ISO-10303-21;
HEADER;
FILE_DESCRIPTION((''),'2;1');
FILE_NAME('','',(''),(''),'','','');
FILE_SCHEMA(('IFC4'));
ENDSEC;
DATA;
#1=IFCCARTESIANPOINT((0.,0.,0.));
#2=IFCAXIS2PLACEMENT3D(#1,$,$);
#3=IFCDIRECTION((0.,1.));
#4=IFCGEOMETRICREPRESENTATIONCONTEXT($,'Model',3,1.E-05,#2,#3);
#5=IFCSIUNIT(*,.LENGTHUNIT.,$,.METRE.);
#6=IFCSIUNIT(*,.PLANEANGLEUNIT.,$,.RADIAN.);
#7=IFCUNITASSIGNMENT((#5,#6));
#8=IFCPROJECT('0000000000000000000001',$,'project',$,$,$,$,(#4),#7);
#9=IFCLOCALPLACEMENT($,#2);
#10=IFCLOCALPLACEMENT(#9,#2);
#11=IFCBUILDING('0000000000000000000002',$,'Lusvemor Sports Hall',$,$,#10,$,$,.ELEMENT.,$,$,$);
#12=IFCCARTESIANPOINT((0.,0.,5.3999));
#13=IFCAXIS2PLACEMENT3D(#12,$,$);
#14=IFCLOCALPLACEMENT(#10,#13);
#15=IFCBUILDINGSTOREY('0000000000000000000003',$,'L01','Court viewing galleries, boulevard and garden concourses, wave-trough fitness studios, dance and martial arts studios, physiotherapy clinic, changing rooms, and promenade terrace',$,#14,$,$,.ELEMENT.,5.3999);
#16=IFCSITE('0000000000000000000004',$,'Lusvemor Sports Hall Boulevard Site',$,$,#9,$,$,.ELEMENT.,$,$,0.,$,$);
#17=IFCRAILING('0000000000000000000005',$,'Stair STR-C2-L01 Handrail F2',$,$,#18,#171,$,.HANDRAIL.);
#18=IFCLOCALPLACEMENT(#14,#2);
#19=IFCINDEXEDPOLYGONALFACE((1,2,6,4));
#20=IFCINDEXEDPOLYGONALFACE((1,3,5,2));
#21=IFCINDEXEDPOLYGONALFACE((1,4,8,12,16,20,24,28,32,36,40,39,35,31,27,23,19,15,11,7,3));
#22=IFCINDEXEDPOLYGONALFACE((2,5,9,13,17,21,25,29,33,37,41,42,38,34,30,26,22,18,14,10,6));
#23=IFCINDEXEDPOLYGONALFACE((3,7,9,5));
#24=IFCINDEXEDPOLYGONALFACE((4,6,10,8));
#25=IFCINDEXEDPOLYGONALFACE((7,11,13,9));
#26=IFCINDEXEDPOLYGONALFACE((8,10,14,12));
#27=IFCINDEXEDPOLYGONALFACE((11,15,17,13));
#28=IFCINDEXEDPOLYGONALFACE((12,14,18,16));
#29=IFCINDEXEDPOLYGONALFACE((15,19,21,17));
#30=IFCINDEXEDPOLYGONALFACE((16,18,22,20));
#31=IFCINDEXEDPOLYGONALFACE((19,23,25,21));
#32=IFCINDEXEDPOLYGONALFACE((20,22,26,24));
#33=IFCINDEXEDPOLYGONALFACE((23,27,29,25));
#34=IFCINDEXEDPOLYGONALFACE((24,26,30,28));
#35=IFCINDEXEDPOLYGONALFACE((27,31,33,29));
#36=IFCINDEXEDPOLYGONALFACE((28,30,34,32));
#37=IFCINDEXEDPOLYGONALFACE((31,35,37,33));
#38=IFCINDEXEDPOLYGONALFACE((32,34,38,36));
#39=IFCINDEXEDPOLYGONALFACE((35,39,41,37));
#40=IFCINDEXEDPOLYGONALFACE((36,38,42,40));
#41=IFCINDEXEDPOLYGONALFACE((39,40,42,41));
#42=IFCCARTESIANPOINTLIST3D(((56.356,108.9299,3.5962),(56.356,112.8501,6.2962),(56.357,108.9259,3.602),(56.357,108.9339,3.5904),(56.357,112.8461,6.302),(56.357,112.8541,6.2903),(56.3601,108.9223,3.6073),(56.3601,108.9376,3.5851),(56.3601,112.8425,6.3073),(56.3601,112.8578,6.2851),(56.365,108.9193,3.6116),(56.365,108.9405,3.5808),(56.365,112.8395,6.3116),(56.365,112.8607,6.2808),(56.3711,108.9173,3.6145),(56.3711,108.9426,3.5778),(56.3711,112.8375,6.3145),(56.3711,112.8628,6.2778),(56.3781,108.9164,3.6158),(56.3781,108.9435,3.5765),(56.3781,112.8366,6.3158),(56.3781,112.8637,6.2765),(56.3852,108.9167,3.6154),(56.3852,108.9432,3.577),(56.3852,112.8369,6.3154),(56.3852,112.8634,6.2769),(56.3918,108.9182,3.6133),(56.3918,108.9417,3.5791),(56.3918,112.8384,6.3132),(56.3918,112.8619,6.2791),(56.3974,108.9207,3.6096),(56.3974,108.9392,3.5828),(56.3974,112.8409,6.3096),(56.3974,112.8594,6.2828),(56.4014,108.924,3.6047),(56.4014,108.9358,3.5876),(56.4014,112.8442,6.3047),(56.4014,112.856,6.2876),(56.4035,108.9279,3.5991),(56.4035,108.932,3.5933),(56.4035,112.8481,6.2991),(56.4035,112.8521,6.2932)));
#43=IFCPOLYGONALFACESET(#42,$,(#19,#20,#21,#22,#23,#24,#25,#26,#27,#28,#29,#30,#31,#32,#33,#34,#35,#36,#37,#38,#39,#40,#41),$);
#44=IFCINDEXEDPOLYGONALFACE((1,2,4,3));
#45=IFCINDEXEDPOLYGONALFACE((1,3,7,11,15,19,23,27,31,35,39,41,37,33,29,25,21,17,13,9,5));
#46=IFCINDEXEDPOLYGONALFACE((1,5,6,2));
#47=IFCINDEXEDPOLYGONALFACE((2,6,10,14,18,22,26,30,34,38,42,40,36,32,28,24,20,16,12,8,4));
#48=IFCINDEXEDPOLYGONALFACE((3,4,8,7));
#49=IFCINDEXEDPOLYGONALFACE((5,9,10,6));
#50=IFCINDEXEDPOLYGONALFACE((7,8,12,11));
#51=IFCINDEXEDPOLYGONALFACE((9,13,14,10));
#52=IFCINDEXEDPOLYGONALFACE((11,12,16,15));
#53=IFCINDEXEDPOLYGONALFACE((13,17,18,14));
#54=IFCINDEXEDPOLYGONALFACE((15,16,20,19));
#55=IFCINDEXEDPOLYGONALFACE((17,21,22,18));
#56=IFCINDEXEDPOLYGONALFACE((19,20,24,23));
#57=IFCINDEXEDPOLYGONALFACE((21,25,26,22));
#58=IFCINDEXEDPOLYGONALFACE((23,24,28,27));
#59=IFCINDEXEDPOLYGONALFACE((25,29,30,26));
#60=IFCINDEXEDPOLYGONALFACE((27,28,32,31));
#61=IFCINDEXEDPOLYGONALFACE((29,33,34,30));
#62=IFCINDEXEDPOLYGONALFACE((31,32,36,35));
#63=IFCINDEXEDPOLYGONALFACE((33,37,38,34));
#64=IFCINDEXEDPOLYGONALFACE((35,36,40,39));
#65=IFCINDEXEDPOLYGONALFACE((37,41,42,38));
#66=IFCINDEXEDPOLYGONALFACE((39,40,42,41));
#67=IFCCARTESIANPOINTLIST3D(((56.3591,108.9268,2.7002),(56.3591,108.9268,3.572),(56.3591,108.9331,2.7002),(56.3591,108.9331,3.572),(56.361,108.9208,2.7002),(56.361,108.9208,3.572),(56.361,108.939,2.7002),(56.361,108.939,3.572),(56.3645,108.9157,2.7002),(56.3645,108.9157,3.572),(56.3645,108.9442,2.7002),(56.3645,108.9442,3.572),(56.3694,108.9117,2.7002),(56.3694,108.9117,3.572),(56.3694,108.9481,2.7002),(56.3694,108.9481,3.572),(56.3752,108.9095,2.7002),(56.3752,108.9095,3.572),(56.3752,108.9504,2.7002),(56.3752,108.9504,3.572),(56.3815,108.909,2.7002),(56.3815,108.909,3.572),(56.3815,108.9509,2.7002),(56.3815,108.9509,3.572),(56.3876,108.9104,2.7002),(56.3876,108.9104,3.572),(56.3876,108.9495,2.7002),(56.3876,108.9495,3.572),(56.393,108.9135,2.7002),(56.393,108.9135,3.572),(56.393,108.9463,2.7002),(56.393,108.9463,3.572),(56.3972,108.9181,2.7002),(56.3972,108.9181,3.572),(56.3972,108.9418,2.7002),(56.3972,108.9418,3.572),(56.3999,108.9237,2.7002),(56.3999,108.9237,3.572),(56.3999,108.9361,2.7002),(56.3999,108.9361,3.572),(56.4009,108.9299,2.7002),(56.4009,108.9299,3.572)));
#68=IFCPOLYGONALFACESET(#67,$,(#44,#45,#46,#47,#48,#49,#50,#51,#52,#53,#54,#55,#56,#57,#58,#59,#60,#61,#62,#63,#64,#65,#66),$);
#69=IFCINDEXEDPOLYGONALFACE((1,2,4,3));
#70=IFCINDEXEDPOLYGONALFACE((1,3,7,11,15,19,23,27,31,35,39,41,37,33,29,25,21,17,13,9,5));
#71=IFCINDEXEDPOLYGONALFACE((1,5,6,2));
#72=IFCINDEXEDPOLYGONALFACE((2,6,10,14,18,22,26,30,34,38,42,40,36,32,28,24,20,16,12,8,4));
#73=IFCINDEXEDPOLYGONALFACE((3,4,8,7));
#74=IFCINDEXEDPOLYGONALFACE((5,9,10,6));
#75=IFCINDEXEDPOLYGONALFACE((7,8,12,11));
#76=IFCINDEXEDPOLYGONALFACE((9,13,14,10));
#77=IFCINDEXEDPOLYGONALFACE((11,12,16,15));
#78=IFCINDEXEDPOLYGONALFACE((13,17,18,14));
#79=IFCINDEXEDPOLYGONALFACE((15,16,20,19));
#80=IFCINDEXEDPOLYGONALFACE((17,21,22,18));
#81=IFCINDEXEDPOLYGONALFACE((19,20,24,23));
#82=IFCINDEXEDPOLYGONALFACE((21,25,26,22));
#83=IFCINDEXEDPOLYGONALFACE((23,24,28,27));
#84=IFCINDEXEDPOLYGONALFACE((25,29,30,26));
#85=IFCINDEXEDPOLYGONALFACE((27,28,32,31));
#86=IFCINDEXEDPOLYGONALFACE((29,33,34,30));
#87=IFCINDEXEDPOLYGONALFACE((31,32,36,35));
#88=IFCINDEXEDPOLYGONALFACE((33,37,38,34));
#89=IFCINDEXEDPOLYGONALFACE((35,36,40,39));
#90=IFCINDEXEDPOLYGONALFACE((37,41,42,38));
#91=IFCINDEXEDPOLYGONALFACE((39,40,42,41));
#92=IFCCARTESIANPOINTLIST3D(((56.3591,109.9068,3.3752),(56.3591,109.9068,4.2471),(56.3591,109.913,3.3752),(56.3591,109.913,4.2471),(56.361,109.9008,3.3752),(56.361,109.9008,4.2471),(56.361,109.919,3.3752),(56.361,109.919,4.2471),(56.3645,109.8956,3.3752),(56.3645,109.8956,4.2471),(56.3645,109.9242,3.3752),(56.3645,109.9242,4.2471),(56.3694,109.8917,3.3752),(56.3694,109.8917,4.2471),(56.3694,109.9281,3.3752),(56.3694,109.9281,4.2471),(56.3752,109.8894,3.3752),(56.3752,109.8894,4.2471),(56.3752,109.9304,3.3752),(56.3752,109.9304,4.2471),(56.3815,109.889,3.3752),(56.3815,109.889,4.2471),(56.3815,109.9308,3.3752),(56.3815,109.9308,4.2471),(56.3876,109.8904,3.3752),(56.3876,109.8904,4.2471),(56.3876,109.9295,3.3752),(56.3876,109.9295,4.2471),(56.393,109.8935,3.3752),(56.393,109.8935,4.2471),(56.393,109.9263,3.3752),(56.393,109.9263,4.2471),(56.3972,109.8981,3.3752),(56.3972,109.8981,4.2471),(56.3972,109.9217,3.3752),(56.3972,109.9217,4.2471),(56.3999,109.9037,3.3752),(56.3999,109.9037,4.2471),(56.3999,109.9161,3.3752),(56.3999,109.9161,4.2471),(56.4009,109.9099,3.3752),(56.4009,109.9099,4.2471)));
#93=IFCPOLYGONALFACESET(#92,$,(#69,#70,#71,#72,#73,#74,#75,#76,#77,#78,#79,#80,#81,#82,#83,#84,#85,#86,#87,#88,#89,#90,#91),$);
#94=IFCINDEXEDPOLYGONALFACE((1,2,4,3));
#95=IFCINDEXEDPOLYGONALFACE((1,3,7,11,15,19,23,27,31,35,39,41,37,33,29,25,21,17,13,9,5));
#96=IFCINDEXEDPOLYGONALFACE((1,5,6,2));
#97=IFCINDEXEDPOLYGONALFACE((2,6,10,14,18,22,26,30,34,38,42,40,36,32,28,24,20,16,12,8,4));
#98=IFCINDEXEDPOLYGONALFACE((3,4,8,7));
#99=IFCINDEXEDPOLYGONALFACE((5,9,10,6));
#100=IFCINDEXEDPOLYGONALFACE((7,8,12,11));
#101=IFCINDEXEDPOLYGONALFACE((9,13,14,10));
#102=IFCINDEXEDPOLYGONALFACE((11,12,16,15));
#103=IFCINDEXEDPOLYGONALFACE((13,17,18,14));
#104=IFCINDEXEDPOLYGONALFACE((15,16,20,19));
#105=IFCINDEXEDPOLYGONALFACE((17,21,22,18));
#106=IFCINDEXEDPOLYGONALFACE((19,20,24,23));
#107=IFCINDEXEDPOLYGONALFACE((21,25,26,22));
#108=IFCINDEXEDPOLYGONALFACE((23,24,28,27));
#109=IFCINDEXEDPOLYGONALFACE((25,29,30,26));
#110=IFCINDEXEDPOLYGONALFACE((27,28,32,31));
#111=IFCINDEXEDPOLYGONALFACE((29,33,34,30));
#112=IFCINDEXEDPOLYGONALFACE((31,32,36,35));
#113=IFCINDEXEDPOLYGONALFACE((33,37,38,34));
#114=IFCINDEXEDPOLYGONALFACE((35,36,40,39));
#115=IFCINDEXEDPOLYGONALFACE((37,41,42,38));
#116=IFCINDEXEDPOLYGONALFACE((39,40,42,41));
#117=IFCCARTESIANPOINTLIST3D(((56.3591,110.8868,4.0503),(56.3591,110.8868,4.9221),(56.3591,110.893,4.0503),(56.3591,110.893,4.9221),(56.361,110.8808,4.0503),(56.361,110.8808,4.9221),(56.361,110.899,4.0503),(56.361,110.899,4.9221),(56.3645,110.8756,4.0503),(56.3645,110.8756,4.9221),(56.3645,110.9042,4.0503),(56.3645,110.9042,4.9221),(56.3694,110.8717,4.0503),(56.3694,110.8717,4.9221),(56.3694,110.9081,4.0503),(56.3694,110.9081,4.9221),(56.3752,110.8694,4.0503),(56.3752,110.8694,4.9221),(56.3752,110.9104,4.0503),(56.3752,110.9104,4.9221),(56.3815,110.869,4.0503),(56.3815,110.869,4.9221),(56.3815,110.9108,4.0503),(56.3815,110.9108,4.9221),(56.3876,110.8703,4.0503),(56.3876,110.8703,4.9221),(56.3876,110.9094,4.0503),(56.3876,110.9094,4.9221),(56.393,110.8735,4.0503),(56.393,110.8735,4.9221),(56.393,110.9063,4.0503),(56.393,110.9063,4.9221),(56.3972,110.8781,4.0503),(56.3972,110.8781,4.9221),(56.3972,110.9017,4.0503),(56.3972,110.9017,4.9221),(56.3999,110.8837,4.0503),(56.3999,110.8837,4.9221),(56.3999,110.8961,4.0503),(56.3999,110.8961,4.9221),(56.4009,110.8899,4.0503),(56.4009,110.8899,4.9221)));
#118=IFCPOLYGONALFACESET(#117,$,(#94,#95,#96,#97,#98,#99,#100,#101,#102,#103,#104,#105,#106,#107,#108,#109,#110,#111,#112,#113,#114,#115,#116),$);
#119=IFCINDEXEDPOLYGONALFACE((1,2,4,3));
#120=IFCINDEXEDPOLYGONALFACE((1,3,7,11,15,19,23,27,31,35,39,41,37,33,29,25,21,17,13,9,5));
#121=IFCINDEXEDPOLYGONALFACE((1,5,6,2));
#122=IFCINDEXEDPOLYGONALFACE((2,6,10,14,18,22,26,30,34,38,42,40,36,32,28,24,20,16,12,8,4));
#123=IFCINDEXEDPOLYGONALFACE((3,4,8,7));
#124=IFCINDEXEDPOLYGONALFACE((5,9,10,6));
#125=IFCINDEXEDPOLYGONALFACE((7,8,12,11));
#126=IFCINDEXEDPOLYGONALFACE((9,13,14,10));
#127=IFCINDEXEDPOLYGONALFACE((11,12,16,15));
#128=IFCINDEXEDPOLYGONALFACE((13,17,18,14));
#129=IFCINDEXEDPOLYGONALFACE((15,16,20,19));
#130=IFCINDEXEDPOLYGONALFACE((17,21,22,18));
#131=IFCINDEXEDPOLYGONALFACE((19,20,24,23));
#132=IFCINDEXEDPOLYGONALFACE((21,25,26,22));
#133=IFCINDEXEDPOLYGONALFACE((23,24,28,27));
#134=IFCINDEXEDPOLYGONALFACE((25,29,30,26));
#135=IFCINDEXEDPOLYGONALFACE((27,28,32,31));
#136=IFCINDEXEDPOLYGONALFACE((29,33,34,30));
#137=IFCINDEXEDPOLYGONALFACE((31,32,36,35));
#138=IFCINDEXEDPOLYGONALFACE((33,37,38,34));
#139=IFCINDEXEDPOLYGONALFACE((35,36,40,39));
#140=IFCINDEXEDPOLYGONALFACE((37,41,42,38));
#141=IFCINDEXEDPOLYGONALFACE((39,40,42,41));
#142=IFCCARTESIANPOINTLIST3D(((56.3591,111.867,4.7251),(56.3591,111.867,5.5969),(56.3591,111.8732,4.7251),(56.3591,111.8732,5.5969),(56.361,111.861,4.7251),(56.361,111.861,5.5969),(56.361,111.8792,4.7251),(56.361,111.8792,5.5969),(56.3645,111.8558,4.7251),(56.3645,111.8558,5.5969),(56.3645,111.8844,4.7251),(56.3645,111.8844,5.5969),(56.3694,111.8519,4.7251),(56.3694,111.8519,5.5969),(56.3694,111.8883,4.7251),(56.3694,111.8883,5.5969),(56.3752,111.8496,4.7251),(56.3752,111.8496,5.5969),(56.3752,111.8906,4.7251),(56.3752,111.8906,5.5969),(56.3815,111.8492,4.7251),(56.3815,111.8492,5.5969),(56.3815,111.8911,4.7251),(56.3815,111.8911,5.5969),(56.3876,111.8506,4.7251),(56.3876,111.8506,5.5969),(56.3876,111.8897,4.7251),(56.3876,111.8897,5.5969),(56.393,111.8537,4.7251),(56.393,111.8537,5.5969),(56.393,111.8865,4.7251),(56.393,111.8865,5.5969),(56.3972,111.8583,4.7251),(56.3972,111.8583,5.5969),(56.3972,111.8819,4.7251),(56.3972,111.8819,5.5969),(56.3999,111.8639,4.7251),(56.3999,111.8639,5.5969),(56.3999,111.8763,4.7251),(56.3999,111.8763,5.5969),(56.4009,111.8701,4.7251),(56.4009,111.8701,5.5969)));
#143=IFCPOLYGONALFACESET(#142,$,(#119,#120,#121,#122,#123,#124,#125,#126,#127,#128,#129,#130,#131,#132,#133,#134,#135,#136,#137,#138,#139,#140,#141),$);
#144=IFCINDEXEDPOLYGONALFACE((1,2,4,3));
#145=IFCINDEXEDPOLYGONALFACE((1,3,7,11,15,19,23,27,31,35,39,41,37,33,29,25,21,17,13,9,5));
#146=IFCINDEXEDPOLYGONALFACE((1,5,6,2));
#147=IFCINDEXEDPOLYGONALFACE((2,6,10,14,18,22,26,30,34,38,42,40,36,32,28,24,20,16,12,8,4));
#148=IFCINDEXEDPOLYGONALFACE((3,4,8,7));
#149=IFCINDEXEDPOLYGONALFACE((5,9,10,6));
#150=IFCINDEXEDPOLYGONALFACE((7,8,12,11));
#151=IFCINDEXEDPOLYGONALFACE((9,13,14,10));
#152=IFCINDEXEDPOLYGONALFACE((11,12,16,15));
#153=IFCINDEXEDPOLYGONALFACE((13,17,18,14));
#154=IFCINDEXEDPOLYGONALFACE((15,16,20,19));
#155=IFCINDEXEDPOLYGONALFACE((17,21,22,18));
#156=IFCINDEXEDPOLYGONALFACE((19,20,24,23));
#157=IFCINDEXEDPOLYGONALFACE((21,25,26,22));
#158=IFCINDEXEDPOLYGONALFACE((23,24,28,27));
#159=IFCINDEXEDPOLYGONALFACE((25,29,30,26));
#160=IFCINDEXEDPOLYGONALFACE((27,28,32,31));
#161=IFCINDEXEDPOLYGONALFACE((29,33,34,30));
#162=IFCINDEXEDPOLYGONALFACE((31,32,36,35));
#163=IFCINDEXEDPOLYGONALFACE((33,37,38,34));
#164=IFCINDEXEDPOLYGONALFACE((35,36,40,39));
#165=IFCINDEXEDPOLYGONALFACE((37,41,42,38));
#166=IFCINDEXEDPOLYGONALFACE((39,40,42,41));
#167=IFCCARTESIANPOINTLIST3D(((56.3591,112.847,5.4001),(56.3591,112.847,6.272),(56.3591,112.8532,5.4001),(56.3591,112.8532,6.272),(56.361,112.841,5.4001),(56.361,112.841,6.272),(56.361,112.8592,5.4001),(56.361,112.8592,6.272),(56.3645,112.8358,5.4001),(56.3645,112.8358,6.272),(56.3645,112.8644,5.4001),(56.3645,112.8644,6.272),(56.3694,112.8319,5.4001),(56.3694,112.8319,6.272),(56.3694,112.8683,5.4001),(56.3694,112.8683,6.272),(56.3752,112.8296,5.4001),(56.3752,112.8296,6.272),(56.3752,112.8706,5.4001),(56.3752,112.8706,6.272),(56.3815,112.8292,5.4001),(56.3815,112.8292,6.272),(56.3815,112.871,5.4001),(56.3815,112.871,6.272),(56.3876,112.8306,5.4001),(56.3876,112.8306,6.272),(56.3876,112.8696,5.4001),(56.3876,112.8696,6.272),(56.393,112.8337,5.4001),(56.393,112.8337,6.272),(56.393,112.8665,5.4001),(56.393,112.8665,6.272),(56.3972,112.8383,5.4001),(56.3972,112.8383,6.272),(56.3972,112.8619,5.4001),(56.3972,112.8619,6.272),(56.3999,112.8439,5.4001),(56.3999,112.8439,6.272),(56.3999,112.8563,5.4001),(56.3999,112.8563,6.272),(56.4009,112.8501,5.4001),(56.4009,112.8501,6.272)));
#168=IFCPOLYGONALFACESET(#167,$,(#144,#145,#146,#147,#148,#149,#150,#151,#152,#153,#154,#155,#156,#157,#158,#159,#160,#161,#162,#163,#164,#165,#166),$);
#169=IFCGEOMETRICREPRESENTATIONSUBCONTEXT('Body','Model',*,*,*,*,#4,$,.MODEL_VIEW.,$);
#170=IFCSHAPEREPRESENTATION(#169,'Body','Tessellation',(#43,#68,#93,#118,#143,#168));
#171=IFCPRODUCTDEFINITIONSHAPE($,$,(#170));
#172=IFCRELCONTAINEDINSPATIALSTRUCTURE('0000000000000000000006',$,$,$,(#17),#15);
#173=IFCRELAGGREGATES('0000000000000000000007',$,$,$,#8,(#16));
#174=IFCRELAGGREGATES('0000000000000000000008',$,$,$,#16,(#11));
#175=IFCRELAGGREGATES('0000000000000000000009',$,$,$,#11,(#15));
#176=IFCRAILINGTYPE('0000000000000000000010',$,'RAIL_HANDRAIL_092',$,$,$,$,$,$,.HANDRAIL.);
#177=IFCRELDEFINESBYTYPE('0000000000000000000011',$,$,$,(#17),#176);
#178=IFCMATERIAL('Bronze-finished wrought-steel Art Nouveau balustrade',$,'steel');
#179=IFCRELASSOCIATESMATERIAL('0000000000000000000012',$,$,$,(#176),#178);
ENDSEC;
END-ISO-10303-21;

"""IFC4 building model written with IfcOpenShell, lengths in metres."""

from ifc_helpers import new_model, si_unit, direction, frame, origin, origin_2d, place, context, subcontext, project, spatial, circle, extrude, material, type_object, element, save


model = new_model("IFC4")

# Units and contexts
model_context = context("Model", 3, precision=1e-05, world=origin(), true_north=direction((0.0, 1.0)))
body_context = subcontext(model_context, "Body", "Model", "MODEL_VIEW")
ifc_project = project(units=[si_unit("LENGTHUNIT", "METRE"), si_unit("PLANEANGLEUNIT", "RADIAN")], contexts=[model_context])

# Site, building, storey
site_placement = place(None, origin())
site = spatial("IfcSite", under=ifc_project, at=site_placement, Name="Lusvemor Sports Hall Boulevard Site", CompositionType="ELEMENT", RefElevation=0.0)
building_placement = place(site_placement, origin())
building = spatial("IfcBuilding", under=site, at=building_placement, Name="Lusvemor Sports Hall", CompositionType="ELEMENT")
storey_placement = place(building_placement, frame((0.0, 0.0, 5.3999)))
storey = spatial("IfcBuildingStorey", under=building, at=storey_placement, Name="L01", Description="Court viewing galleries, boulevard and garden concourses, wave-trough fitness studios, dance and martial arts studios, physiotherapy clinic, changing rooms, and promenade terrace", CompositionType="ELEMENT", Elevation=5.3999)

# Railing
ifc_material_1 = material(Name="Bronze-finished wrought-steel Art Nouveau balustrade", Category="steel")
railing_type_1 = type_object("IfcRailingType", Name="RAIL_HANDRAIL_092", PredefinedType="HANDRAIL", material=ifc_material_1)
railing_1_placement = place(storey_placement, frame((56.3799, 108.9299, 2.7002)))
element("IfcRailing", 1, at=railing_1_placement, inside=storey, type_object=railing_type_1, Name="Stair STR-C2-L01 Handrail F2", PredefinedType="HANDRAIL", context=body_context, shape_type="SweptSolid", body=[
    extrude(circle(Radius=0.0239, at=origin_2d()), frame((0.0, 0.0, 0.896), z_axis=(0.0, 0.823567, 0.567219), x_axis=(-1.0, 0.0, 0.0)), (0.0, 0.0, 1.0), 4.76),
    extrude(circle(Radius=0.021, at=origin_2d()), origin(), (0.0, 0.0, 1.0), 0.8718),
    extrude(circle(Radius=0.021, at=origin_2d()), frame((0.0, 0.98, 0.675)), (0.0, 0.0, 1.0), 0.8718),
    extrude(circle(Radius=0.021, at=origin_2d()), frame((0.0, 1.96, 1.3501)), (0.0, 0.0, 1.0), 0.8718),
    extrude(circle(Radius=0.021, at=origin_2d()), frame((0.0, 2.9402, 2.0249)), (0.0, 0.0, 1.0), 0.8718),
    extrude(circle(Radius=0.021, at=origin_2d()), frame((0.0, 3.9202, 2.7)), (0.0, 0.0, 1.0), 0.8718),
])

save(model, "model.ifc")
